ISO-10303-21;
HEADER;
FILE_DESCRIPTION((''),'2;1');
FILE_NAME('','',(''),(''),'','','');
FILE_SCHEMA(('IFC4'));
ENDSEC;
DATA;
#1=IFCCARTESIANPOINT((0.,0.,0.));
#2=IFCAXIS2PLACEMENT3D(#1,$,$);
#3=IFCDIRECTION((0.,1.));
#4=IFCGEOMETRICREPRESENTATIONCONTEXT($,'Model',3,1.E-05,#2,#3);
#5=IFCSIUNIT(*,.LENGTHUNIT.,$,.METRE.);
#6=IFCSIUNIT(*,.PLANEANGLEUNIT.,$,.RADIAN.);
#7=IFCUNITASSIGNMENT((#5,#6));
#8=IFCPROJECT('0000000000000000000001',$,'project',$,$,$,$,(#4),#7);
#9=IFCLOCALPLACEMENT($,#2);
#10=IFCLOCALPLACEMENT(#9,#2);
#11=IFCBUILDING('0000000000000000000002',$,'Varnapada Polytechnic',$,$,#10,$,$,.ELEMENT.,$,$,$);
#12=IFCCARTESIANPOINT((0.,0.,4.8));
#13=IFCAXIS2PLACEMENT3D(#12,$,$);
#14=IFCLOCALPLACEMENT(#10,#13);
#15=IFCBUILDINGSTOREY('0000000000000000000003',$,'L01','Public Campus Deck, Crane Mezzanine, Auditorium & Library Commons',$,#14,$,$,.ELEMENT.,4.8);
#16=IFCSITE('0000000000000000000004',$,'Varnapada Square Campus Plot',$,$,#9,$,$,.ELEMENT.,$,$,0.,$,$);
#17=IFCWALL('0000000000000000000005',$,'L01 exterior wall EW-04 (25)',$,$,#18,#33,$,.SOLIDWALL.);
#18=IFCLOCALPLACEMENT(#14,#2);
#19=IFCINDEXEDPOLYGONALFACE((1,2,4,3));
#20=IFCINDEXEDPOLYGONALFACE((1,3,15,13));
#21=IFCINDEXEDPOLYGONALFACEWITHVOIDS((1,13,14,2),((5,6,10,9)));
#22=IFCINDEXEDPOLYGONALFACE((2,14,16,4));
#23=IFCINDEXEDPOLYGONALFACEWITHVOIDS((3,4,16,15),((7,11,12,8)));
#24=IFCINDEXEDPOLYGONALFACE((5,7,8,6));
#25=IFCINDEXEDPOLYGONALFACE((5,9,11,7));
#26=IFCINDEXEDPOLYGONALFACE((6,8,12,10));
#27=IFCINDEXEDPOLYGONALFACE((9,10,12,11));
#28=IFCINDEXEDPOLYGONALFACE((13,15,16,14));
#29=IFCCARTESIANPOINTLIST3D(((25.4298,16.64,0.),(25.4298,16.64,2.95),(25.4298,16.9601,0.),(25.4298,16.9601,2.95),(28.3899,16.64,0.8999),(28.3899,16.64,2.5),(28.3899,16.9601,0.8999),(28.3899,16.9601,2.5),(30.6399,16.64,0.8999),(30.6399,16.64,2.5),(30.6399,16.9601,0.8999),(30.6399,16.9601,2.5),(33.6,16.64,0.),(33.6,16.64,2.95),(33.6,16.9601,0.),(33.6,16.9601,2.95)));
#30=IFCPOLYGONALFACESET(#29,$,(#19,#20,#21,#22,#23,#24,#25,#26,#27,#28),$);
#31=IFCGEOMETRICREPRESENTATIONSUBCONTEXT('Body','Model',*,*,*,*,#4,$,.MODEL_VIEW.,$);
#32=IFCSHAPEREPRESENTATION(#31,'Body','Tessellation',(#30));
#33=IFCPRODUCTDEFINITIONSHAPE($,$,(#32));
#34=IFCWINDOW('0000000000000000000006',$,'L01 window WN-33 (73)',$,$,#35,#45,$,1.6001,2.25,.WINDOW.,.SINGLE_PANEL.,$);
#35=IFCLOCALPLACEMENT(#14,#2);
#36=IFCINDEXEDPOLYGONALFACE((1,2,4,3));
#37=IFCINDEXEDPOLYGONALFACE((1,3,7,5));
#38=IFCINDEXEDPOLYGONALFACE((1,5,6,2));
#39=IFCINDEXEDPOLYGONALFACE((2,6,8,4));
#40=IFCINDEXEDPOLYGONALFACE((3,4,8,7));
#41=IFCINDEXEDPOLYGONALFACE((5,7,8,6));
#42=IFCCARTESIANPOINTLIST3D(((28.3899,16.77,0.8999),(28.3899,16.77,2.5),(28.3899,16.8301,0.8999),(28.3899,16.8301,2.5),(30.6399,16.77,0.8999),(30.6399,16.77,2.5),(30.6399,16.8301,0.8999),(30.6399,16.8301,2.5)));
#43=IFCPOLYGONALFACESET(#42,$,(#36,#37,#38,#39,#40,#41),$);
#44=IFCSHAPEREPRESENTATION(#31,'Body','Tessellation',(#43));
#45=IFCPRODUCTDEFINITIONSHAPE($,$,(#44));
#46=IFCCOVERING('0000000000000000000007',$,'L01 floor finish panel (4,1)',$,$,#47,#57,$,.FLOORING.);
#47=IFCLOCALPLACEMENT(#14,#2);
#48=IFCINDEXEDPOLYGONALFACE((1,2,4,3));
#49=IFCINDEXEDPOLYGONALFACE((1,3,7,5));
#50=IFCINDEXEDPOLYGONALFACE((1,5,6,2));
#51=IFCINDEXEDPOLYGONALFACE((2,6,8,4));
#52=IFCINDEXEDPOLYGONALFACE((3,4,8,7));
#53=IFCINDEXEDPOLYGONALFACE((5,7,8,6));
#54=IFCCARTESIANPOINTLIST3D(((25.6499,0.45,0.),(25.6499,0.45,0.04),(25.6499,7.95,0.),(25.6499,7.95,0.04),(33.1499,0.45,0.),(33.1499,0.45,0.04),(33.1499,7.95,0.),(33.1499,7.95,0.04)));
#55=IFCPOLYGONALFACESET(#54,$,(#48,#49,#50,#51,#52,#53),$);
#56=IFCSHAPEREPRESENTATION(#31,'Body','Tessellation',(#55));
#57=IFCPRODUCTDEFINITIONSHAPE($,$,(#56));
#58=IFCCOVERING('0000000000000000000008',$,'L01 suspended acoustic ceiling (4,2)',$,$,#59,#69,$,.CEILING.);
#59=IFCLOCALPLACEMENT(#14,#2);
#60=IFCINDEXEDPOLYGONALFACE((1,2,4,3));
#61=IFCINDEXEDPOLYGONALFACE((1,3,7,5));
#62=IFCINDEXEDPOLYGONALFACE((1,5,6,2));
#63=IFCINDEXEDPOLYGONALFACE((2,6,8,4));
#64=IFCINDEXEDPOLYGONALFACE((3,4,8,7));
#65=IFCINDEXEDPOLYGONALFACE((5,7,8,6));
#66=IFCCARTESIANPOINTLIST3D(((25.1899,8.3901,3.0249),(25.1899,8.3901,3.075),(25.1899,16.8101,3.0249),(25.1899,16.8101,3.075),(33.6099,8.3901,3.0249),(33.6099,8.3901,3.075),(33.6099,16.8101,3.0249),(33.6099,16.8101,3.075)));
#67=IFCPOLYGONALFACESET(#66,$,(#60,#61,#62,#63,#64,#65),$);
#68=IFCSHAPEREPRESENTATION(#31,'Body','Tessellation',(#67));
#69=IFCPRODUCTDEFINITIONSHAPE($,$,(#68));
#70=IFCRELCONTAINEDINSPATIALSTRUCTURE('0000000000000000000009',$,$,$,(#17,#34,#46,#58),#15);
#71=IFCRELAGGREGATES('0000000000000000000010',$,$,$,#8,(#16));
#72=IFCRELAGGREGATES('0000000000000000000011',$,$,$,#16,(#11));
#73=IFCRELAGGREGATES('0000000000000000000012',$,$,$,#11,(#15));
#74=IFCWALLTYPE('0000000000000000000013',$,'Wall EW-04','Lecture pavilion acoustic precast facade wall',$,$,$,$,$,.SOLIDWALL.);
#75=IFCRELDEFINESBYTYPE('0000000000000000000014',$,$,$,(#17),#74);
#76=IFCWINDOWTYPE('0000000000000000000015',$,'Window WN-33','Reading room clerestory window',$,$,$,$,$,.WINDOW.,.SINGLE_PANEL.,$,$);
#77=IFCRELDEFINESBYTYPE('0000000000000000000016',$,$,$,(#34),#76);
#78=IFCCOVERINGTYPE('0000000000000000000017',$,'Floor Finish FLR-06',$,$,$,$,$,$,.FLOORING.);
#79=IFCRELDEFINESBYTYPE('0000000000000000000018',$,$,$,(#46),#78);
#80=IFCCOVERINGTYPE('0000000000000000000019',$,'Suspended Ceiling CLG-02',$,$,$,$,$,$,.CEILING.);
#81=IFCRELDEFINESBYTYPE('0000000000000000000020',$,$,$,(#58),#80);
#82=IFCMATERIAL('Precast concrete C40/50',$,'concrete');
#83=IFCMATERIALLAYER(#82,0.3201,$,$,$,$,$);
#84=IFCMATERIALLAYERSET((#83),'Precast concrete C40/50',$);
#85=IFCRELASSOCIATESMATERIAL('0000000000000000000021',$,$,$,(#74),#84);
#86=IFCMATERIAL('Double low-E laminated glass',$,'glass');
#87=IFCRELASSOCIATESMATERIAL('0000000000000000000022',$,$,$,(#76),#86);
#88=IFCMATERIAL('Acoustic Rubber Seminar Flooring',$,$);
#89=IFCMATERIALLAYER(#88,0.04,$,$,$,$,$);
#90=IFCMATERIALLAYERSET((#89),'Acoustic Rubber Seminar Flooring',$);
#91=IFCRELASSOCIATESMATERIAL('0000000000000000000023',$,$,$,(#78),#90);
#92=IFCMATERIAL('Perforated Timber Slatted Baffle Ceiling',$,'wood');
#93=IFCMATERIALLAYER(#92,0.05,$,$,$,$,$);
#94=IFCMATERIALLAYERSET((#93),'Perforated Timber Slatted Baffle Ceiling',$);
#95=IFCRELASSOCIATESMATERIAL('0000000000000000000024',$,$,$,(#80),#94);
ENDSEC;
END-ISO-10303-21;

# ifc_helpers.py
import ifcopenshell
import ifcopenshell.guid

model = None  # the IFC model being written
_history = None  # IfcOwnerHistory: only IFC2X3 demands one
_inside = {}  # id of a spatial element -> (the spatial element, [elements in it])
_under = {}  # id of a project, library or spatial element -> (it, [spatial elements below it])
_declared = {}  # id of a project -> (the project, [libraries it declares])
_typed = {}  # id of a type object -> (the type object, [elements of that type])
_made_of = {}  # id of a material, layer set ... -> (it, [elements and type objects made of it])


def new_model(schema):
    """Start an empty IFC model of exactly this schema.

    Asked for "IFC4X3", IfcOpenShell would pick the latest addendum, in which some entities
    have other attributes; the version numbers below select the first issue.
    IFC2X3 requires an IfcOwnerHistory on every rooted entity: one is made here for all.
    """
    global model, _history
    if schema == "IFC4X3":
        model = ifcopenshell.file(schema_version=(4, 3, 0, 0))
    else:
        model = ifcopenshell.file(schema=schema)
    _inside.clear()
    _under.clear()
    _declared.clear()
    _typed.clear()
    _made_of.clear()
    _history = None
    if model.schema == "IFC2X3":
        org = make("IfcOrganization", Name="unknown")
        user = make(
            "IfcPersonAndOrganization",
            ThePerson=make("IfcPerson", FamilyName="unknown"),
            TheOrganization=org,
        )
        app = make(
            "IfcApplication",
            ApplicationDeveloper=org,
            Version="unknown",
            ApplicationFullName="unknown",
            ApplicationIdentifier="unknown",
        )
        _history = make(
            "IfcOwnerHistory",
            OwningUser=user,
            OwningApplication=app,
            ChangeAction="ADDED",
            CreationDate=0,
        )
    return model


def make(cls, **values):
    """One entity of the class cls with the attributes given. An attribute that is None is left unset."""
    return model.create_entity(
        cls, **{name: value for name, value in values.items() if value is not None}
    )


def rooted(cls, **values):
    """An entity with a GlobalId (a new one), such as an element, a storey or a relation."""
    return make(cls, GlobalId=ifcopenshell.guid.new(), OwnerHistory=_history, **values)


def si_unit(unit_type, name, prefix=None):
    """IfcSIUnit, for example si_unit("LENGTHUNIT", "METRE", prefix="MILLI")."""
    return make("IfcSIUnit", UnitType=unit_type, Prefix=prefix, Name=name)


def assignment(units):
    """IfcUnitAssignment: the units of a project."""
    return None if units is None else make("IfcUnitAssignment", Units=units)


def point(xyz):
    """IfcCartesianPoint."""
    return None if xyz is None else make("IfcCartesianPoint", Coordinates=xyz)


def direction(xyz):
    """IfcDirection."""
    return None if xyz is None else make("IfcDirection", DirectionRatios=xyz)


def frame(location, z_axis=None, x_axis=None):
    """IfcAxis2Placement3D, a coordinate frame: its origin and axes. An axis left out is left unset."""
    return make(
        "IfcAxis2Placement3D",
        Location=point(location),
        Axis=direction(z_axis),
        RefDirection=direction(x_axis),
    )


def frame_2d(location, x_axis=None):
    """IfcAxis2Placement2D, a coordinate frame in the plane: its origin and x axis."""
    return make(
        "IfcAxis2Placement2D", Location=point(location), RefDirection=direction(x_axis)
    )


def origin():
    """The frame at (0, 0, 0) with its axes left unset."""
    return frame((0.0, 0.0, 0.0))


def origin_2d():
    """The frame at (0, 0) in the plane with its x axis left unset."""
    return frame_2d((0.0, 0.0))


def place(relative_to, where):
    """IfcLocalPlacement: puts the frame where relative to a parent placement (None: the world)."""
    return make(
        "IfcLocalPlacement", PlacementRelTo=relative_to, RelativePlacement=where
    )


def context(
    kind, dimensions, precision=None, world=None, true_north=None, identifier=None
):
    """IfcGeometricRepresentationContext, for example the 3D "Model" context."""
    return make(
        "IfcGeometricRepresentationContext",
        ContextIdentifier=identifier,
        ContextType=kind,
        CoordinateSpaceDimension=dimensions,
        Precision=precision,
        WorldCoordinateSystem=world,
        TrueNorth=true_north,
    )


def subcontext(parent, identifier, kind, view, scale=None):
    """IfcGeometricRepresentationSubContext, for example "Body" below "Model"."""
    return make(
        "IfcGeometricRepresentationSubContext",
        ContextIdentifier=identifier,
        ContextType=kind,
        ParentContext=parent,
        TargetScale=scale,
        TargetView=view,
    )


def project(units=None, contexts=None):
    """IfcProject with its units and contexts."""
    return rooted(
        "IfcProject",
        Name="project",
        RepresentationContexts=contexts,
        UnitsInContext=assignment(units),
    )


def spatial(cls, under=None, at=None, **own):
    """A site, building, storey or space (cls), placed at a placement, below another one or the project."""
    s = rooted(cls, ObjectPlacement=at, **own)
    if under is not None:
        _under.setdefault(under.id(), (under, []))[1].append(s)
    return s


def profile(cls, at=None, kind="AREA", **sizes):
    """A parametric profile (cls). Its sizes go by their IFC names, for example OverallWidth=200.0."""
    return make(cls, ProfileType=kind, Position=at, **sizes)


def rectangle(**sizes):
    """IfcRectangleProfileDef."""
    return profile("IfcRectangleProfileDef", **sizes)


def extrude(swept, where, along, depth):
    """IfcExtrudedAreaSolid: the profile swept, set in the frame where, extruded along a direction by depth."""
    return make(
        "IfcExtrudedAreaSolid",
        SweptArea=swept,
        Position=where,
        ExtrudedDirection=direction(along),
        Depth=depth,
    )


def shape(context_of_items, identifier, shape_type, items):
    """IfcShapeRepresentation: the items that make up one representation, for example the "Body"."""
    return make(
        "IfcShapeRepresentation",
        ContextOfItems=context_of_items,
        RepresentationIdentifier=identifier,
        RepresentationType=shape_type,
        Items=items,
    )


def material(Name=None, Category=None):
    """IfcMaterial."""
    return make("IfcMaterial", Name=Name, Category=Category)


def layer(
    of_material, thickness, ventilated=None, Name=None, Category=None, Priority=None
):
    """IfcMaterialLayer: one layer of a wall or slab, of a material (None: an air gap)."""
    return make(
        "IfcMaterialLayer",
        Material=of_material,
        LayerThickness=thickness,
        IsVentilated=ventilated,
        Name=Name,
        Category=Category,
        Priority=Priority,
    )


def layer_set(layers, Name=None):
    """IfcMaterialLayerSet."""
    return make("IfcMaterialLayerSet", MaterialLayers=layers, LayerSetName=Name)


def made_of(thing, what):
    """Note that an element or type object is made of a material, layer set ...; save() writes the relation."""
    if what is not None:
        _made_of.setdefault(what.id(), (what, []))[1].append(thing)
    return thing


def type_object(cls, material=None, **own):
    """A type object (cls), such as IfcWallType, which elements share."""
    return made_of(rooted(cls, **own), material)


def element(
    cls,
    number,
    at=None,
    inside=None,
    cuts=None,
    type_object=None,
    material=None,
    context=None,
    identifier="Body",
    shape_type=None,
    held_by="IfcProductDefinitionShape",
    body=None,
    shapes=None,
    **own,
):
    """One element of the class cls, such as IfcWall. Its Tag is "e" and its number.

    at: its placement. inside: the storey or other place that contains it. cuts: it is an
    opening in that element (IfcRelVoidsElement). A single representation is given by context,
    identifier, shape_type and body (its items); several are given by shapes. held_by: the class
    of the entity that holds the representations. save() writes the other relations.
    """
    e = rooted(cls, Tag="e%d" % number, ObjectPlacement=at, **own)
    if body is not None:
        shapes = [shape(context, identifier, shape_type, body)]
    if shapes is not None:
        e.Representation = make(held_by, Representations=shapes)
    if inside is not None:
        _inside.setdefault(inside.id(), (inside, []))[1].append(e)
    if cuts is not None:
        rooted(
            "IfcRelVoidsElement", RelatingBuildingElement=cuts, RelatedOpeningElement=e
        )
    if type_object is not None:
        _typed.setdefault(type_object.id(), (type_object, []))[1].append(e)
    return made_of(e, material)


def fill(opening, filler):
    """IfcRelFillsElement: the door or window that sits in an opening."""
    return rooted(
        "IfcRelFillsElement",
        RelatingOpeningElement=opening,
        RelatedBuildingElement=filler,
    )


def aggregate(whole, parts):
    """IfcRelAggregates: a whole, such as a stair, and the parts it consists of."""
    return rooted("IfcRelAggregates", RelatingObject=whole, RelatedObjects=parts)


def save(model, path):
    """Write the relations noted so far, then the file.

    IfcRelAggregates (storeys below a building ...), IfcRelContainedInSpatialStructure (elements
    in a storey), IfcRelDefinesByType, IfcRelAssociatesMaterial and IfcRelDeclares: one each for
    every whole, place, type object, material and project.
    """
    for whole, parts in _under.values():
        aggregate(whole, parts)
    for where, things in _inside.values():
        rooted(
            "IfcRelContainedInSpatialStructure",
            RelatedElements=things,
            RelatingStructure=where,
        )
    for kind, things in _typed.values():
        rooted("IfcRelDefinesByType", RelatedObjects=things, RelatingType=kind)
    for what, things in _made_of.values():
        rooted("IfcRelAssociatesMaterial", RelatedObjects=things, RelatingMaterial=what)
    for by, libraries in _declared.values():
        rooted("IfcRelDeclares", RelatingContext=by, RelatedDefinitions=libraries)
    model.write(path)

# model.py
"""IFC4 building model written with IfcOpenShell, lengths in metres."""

from ifc_helpers import new_model, si_unit, direction, frame, frame_2d, origin, origin_2d, place, context, subcontext, project, spatial, rectangle, extrude, material, layer, layer_set, type_object, element, fill, save


model = new_model("IFC4")

# Units and contexts
model_context = context("Model", 3, precision=1e-05, world=origin(), true_north=direction((0.0, 1.0)))
body_context = subcontext(model_context, "Body", "Model", "MODEL_VIEW")
ifc_project = project(units=[si_unit("LENGTHUNIT", "METRE"), si_unit("PLANEANGLEUNIT", "RADIAN")], contexts=[model_context])

# Site, building, storey
site_placement = place(None, origin())
site = spatial("IfcSite", under=ifc_project, at=site_placement, Name="Varnapada Square Campus Plot", CompositionType="ELEMENT", RefElevation=0.0)
building_placement = place(site_placement, origin())
building = spatial("IfcBuilding", under=site, at=building_placement, Name="Varnapada Polytechnic", CompositionType="ELEMENT")
storey_placement = place(building_placement, frame((0.0, 0.0, 4.8)))
storey = spatial("IfcBuildingStorey", under=building, at=storey_placement, Name="L01", Description="Public Campus Deck, Crane Mezzanine, Auditorium & Library Commons", CompositionType="ELEMENT", Elevation=4.8)

# Shared definitions
ifc_material_1 = material(Name="Double low-E laminated glass", Category="glass")

# Wall, opening, window
ifc_material_2 = material(Name="Precast concrete C40/50", Category="concrete")
ifc_layer_1 = layer(ifc_material_2, 0.3201)
ifc_layer_set_1 = layer_set([ifc_layer_1], Name="Precast concrete C40/50")
wall_type_1 = type_object("IfcWallType", Name="Wall EW-04", Description="Lecture pavilion acoustic precast facade wall", PredefinedType="SOLIDWALL", material=ifc_layer_set_1)
wall_1_placement = place(storey_placement, frame((25.4299, 16.8, 0.0), z_axis=(0.0, 0.0, 1.0), x_axis=(1.0, 0.0, 0.0)))
wall_1 = element("IfcWall", 1, at=wall_1_placement, inside=storey, type_object=wall_type_1, Name="L01 exterior wall EW-04 (25)", PredefinedType="SOLIDWALL", context=body_context, shape_type="SweptSolid", body=[
    extrude(rectangle(XDim=8.1702, YDim=0.3201, at=frame_2d((4.085, 0.0))), origin(), (0.0, 0.0, 1.0), 2.95),
])
opening_1_placement = place(wall_1_placement, frame((2.96, 0.0, 0.8999)))
opening_1 = element("IfcOpeningElement", 2, at=opening_1_placement, cuts=wall_1, PredefinedType="OPENING", context=body_context, shape_type="SweptSolid", body=[
    extrude(rectangle(XDim=2.25, YDim=1.6001, at=frame_2d((1.125, 0.8))), frame((0.0, 0.1699, 0.0), z_axis=(0.0, -1.0, 0.0), x_axis=(1.0, 0.0, 0.0)), (0.0, 0.0, 1.0), 0.3401),
])
window_type = type_object("IfcWindowType", Name="Window WN-33", Description="Reading room clerestory window", PartitioningType="SINGLE_PANEL", PredefinedType="WINDOW", material=ifc_material_1)
window_placement = place(opening_1_placement, origin())
window = element("IfcWindow", 3, at=window_placement, inside=storey, type_object=window_type, Name="L01 window WN-33 (73)", OverallHeight=1.6001, OverallWidth=2.25, PartitioningType="SINGLE_PANEL", PredefinedType="WINDOW", context=body_context, shape_type="SweptSolid", body=[
    extrude(rectangle(XDim=2.25, YDim=1.6001, at=frame_2d((1.125, 0.8))), frame((0.0, 0.03, 0.0), z_axis=(0.0, -1.0, 0.0), x_axis=(1.0, 0.0, 0.0)), (0.0, 0.0, 1.0), 0.0601),
])
fill(opening_1, window)

# Coverings
ifc_material_3 = material(Name="Acoustic Rubber Seminar Flooring")
ifc_layer_2 = layer(ifc_material_3, 0.04)
ifc_layer_set_2 = layer_set([ifc_layer_2], Name="Acoustic Rubber Seminar Flooring")
covering_type_1 = type_object("IfcCoveringType", Name="Floor Finish FLR-06", PredefinedType="FLOORING", material=ifc_layer_set_2)
covering_1_placement = place(storey_placement, frame((29.3999, 4.2, 0.0), z_axis=(0.0, 0.0, 1.0), x_axis=(1.0, 0.0, 0.0)))
element("IfcCovering", 4, at=covering_1_placement, inside=storey, type_object=covering_type_1, Name="L01 floor finish panel (4,1)", PredefinedType="FLOORING", context=body_context, shape_type="SweptSolid", body=[
    extrude(rectangle(XDim=7.5, YDim=7.5, at=origin_2d()), origin(), (0.0, 0.0, 1.0), 0.04),
])
ifc_material_4 = material(Name="Perforated Timber Slatted Baffle Ceiling", Category="wood")
ifc_layer_3 = layer(ifc_material_4, 0.05)
ifc_layer_set_3 = layer_set([ifc_layer_3], Name="Perforated Timber Slatted Baffle Ceiling")
covering_type_2 = type_object("IfcCoveringType", Name="Suspended Ceiling CLG-02", PredefinedType="CEILING", material=ifc_layer_set_3)
covering_2_placement = place(storey_placement, frame((29.3999, 12.6001, 3.0249), z_axis=(0.0, 0.0, 1.0), x_axis=(1.0, 0.0, 0.0)))
element("IfcCovering", 5, at=covering_2_placement, inside=storey, type_object=covering_type_2, Name="L01 suspended acoustic ceiling (4,2)", PredefinedType="CEILING", context=body_context, shape_type="SweptSolid", body=[
    extrude(rectangle(XDim=8.4199, YDim=8.4199, at=origin_2d()), origin(), (0.0, 0.0, 1.0), 0.05),
])

save(model, "model.ifc")
